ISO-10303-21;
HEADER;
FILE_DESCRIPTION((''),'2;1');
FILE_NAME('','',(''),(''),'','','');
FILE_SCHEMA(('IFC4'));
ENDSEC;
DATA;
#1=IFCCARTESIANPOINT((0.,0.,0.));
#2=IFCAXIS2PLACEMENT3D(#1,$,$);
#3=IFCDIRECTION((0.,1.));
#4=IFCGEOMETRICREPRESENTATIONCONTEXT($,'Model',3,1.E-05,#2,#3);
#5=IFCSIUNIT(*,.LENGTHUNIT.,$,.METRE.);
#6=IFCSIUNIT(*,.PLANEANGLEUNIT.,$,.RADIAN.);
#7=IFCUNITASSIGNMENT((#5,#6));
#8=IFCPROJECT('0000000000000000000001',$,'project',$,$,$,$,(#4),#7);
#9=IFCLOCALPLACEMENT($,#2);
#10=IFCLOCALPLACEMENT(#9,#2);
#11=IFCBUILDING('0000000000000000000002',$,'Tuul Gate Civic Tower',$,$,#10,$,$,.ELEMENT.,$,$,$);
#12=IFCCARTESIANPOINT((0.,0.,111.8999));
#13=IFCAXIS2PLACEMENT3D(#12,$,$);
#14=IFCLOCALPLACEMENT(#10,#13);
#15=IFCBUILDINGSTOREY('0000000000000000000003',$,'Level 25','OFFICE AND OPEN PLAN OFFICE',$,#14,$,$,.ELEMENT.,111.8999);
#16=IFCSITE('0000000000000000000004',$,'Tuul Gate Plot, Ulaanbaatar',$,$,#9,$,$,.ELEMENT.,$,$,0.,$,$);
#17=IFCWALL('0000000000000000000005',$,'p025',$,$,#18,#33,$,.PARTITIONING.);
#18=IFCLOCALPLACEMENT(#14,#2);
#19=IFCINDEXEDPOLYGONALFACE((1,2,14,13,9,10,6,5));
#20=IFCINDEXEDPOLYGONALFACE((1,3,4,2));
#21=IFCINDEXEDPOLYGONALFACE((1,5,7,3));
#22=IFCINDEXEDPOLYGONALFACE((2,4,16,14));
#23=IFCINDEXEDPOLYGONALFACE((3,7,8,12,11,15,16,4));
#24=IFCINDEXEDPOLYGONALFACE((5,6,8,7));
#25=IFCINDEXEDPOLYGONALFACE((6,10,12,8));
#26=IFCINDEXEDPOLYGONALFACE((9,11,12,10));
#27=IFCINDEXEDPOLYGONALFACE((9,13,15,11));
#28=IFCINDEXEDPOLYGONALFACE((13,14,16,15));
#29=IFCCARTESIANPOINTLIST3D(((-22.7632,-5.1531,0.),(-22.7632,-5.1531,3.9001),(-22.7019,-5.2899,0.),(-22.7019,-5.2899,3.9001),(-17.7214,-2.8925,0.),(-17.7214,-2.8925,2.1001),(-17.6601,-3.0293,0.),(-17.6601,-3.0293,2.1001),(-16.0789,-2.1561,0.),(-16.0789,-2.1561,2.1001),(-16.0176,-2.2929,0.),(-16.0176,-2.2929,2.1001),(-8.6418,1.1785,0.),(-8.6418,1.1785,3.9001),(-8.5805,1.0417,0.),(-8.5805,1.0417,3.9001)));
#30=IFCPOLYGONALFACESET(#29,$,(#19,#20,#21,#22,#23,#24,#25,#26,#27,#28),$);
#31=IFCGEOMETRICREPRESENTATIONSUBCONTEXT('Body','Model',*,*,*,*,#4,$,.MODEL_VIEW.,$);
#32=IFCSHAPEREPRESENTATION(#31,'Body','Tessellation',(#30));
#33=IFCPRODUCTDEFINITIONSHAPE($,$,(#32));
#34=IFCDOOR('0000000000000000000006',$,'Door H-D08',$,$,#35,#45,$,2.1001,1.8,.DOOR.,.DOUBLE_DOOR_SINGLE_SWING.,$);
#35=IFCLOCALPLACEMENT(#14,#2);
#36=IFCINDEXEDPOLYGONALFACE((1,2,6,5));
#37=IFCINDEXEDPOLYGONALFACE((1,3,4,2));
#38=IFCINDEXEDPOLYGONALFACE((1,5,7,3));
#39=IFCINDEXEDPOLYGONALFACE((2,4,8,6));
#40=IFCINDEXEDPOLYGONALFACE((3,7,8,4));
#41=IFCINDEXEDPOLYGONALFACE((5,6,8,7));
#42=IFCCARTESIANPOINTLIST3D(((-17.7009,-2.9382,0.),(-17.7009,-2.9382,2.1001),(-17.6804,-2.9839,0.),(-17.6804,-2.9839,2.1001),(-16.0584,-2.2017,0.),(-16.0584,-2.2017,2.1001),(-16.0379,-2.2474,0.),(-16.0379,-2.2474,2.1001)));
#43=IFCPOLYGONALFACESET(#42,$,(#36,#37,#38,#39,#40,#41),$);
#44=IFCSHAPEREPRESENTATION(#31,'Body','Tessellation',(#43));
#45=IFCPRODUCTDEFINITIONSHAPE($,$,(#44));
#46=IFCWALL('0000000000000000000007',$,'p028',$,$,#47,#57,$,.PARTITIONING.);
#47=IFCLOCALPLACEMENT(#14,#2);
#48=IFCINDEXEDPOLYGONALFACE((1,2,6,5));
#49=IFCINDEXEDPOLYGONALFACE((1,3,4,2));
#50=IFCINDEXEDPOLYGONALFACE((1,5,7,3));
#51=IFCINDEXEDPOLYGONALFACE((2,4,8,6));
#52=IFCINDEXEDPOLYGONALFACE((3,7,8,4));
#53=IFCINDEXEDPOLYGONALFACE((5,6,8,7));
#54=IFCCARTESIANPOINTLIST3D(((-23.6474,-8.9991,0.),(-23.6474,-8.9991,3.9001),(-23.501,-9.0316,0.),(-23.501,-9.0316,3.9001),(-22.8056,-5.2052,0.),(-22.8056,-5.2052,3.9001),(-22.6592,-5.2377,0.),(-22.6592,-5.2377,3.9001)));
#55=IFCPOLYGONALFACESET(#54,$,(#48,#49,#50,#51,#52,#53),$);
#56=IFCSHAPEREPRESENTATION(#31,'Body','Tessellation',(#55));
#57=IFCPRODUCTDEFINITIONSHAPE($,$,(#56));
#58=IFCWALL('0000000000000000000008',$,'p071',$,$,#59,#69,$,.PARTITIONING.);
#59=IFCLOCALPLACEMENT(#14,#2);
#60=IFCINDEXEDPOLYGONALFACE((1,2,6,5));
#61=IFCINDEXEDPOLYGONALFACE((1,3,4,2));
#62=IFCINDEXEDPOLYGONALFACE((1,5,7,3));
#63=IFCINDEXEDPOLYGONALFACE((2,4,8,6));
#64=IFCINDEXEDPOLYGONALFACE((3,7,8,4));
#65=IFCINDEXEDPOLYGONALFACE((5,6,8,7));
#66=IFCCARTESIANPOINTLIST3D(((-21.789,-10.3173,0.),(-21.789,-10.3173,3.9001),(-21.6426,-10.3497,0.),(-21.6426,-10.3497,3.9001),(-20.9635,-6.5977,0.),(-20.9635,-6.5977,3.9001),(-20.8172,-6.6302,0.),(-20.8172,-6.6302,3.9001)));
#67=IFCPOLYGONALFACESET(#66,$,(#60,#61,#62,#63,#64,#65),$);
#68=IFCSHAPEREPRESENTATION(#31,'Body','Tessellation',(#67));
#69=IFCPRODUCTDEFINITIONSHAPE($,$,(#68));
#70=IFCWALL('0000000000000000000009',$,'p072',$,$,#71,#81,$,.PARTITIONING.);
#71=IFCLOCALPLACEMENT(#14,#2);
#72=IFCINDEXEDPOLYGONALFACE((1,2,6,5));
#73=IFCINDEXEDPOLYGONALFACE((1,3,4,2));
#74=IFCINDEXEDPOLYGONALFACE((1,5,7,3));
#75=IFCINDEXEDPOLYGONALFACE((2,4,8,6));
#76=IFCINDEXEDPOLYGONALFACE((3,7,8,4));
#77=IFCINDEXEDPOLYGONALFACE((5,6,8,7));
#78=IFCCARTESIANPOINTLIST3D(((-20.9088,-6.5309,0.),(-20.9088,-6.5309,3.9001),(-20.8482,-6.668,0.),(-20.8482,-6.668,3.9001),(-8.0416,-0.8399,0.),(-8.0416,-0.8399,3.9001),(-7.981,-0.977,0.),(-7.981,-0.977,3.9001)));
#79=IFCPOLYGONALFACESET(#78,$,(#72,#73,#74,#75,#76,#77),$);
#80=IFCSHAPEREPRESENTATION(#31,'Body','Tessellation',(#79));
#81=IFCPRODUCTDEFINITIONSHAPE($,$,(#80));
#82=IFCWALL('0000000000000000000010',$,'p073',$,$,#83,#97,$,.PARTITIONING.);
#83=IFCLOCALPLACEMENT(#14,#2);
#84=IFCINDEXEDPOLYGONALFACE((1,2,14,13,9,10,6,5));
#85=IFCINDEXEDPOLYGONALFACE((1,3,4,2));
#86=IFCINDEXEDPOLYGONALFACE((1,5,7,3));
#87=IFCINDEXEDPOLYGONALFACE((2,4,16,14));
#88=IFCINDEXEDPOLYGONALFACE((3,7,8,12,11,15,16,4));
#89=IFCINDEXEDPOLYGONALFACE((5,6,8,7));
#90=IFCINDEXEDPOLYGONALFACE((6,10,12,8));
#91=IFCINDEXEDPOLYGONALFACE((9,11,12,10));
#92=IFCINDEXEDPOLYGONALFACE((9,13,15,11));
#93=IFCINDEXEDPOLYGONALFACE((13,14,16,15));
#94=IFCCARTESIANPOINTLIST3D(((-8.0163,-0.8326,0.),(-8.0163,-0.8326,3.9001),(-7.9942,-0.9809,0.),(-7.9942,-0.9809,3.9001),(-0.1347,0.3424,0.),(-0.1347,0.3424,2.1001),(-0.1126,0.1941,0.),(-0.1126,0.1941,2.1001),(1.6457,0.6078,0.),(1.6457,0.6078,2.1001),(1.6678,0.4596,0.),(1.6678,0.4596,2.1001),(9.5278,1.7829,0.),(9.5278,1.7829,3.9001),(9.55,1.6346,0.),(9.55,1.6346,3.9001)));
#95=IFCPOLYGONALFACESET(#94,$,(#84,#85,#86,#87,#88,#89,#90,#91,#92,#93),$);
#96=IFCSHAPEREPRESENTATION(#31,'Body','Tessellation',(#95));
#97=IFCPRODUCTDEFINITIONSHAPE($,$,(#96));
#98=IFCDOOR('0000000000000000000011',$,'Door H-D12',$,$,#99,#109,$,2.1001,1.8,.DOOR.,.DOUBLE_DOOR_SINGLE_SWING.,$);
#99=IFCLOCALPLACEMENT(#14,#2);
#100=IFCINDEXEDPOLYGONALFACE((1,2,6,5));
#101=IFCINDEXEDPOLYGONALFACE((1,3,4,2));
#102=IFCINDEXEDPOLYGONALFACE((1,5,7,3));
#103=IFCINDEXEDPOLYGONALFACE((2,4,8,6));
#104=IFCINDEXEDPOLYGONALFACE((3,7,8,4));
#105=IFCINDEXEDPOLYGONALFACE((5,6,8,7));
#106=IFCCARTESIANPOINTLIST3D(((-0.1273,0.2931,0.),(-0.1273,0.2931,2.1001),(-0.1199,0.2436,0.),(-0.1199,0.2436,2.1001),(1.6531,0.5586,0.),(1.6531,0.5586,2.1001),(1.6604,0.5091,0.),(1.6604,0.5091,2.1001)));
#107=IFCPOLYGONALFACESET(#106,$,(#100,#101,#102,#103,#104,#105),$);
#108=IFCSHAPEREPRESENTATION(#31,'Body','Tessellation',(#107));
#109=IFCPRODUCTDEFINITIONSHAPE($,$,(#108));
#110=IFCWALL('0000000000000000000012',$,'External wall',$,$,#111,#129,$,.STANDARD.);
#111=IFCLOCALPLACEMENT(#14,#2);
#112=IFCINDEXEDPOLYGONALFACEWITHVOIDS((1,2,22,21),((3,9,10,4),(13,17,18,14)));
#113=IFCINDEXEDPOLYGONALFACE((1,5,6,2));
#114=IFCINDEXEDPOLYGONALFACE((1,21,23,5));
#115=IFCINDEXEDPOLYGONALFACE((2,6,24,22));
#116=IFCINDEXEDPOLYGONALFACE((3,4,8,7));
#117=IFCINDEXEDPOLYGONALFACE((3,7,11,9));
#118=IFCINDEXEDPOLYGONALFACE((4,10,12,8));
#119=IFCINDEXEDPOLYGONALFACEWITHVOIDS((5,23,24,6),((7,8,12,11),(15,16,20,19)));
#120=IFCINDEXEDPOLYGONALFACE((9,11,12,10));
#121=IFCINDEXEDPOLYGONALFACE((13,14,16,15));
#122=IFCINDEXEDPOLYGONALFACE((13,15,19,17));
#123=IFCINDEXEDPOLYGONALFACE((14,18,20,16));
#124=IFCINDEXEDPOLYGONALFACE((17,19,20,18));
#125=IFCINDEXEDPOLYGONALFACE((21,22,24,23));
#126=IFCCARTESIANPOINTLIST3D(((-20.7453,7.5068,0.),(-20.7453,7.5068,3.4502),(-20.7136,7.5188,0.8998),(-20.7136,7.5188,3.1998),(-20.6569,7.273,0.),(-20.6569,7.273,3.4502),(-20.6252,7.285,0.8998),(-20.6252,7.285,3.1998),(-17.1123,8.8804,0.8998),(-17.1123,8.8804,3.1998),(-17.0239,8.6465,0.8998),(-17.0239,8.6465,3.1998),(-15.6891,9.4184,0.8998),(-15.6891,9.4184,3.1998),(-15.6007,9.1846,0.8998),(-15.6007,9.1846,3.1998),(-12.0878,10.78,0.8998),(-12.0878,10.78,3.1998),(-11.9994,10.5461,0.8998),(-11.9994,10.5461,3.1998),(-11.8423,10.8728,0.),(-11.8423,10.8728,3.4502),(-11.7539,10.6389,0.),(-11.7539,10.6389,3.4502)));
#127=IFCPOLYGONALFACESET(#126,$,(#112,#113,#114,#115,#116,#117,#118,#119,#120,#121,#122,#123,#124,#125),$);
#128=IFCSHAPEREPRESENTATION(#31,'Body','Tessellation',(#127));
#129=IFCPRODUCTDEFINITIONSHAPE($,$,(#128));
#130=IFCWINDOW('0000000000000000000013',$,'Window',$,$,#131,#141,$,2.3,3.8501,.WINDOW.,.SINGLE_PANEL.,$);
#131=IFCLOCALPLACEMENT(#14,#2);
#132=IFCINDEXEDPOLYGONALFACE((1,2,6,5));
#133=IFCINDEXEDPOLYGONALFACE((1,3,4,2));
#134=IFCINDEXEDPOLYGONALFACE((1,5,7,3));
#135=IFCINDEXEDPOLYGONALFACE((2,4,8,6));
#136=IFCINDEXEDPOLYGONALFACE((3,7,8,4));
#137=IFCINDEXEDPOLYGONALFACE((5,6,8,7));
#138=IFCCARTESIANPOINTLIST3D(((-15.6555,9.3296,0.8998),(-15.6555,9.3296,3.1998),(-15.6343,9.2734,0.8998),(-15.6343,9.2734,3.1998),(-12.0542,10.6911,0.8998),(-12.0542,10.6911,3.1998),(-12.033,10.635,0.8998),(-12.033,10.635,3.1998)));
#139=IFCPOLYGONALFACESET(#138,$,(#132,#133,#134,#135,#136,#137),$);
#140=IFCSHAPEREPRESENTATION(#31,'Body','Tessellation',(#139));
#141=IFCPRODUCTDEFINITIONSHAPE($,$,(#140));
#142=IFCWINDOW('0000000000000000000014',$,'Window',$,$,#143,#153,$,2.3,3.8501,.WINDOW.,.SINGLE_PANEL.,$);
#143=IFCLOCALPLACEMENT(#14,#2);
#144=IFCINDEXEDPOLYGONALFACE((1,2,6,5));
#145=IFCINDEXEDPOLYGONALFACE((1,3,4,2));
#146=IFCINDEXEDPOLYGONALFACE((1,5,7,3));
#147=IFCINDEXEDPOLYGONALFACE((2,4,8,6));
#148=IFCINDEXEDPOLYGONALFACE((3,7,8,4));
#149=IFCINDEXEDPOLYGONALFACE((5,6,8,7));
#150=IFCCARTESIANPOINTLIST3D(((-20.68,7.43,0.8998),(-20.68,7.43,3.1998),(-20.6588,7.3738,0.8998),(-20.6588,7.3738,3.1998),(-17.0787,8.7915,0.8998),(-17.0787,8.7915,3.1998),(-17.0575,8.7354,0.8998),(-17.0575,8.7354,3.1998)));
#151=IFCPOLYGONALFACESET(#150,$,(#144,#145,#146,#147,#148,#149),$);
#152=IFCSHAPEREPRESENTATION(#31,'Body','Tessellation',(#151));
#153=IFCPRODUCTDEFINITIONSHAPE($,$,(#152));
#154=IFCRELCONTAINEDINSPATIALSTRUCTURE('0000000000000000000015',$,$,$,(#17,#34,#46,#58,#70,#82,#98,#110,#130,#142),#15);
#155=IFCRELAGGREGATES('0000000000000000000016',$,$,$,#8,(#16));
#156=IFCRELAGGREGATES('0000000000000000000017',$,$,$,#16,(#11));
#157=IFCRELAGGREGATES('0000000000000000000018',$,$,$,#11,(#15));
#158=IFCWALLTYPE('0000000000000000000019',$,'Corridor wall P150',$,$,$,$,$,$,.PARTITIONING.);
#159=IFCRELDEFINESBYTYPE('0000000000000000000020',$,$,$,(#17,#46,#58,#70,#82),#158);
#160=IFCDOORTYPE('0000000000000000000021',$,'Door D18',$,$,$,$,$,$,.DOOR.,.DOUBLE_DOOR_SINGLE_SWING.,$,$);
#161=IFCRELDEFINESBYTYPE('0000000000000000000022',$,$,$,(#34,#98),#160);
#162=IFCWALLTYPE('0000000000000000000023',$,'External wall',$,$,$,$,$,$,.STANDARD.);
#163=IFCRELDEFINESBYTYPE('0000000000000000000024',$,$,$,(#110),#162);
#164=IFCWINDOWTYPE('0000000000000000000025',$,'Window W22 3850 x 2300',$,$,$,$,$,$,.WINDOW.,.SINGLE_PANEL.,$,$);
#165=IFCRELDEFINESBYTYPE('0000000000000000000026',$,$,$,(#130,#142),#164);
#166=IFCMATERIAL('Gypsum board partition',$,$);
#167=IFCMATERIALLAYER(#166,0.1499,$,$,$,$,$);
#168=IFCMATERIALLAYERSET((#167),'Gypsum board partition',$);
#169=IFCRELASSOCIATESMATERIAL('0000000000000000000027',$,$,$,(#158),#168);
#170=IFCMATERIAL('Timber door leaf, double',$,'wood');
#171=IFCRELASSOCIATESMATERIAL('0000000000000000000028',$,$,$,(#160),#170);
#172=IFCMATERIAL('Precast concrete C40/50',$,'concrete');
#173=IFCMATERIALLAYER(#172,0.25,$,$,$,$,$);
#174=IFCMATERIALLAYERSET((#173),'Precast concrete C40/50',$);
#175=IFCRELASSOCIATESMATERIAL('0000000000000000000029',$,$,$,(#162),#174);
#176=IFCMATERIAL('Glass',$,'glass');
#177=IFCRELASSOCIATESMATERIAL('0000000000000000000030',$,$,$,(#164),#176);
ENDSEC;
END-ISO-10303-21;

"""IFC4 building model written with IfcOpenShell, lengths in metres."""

from ifc_helpers import new_model, si_unit, direction, frame, frame_2d, origin, place, context, subcontext, project, spatial, rectangle, extrude, material, layer, layer_set, type_object, element, fill, save


model = new_model("IFC4")

# Units and contexts
model_context = context("Model", 3, precision=1e-05, world=origin(), true_north=direction((0.0, 1.0)))
body_context = subcontext(model_context, "Body", "Model", "MODEL_VIEW")
ifc_project = project(units=[si_unit("LENGTHUNIT", "METRE"), si_unit("PLANEANGLEUNIT", "RADIAN")], contexts=[model_context])

# Site, building, storey
site_placement = place(None, origin())
site = spatial("IfcSite", under=ifc_project, at=site_placement, Name="Tuul Gate Plot, Ulaanbaatar", CompositionType="ELEMENT", RefElevation=0.0)
building_placement = place(site_placement, origin())
building = spatial("IfcBuilding", under=site, at=building_placement, Name="Tuul Gate Civic Tower", CompositionType="ELEMENT")
storey_placement = place(building_placement, frame((0.0, 0.0, 111.8999)))
storey = spatial("IfcBuildingStorey", under=building, at=storey_placement, Name="Level 25", Description="OFFICE AND OPEN PLAN OFFICE", CompositionType="ELEMENT", Elevation=111.8999)

# Wall, opening, door
ifc_material_1 = material(Name="Gypsum board partition")
ifc_layer_1 = layer(ifc_material_1, 0.1499)
ifc_layer_set_1 = layer_set([ifc_layer_1], Name="Gypsum board partition")
wall_type_1 = type_object("IfcWallType", Name="Corridor wall P150", PredefinedType="PARTITIONING", material=ifc_layer_set_1)
ifc_material_2 = material(Name="Timber door leaf, double", Category="wood")
door_type_1 = type_object("IfcDoorType", Name="Door D18", OperationType="DOUBLE_DOOR_SINGLE_SWING", PredefinedType="DOOR", material=ifc_material_2)
wall_1_placement = place(storey_placement, frame((-22.7324, -5.2214, 0.0), z_axis=(0.0, 0.0, 1.0), x_axis=(0.912478, 0.409125, 0.0)))
wall_1 = element("IfcWall", 1, at=wall_1_placement, inside=storey, type_object=wall_type_1, Name="p025", PredefinedType="PARTITIONING", context=body_context, shape_type="SweptSolid", body=[
    extrude(rectangle(XDim=15.4758, YDim=0.1499, at=frame_2d((7.7378, 0.0))), origin(), (0.0, 0.0, 1.0), 3.9001),
])
opening_1_placement = place(wall_1_placement, frame((5.5254, 0.0, 0.0)))
opening_1 = element("IfcOpeningElement", 2, at=opening_1_placement, cuts=wall_1, PredefinedType="OPENING", context=body_context, shape_type="SweptSolid", body=[
    extrude(rectangle(XDim=1.8, YDim=2.1001, at=frame_2d((0.8999, 1.05))), frame((0.0, 0.085, 0.0), z_axis=(0.0, -1.0, 0.0), x_axis=(1.0, 0.0, 0.0)), (0.0, 0.0, 1.0), 0.1699),
])
door_1_placement = place(opening_1_placement, origin())
door_1 = element("IfcDoor", 3, at=door_1_placement, inside=storey, type_object=door_type_1, Name="Door H-D08", OperationType="DOUBLE_DOOR_SINGLE_SWING", OverallHeight=2.1001, OverallWidth=1.8, PredefinedType="DOOR", context=body_context, shape_type="SweptSolid", body=[
    extrude(rectangle(XDim=1.8, YDim=2.1001, at=frame_2d((0.8999, 1.05))), frame((0.0, 0.0249, 0.0), z_axis=(0.0, -1.0, 0.0), x_axis=(1.0, 0.0, 0.0)), (0.0, 0.0, 1.0), 0.05),
])
fill(opening_1, door_1)

# Walls
wall_2_placement = place(storey_placement, frame((-23.5742, -9.0154, 0.0), z_axis=(0.0, 0.0, 1.0), x_axis=(0.216611, 0.976258, 0.0)))
element("IfcWall", 4, at=wall_2_placement, inside=storey, type_object=wall_type_1, Name="p028", PredefinedType="PARTITIONING", context=body_context, shape_type="SweptSolid", body=[
    extrude(rectangle(XDim=3.8862, YDim=0.1499, at=frame_2d((1.9431, 0.0))), origin(), (0.0, 0.0, 1.0), 3.9001),
])
wall_3_placement = place(storey_placement, frame((-21.7158, -10.3335, 0.0), z_axis=(0.0, 0.0, 1.0), x_axis=(0.216652, 0.976249, 0.0)))
element("IfcWall", 5, at=wall_3_placement, inside=storey, type_object=wall_type_1, Name="p071", PredefinedType="PARTITIONING", context=body_context, shape_type="SweptSolid", body=[
    extrude(rectangle(XDim=3.8101, YDim=0.1499, at=frame_2d((1.905, 0.0))), origin(), (0.0, 0.0, 1.0), 3.9001),
])
wall_4_placement = place(storey_placement, frame((-20.8784, -6.5994, 0.0), z_axis=(0.0, 0.0, 1.0), x_axis=(0.914544, 0.404486, 0.0)))
element("IfcWall", 6, at=wall_4_placement, inside=storey, type_object=wall_type_1, Name="p072", PredefinedType="PARTITIONING", context=body_context, shape_type="SweptSolid", body=[
    extrude(rectangle(XDim=14.0696, YDim=0.1499, at=frame_2d((7.0347, 0.0))), origin(), (0.0, 0.0, 1.0), 3.9001),
])

# Wall, opening, door
wall_5_placement = place(storey_placement, frame((-8.0054, -0.9067, 0.0), z_axis=(0.0, 0.0, 1.0), x_axis=(0.98907, 0.14745, 0.0)))
wall_5 = element("IfcWall", 7, at=wall_5_placement, inside=storey, type_object=wall_type_1, Name="p073", PredefinedType="PARTITIONING", context=body_context, shape_type="SweptSolid", body=[
    extrude(rectangle(XDim=17.738, YDim=0.1499, at=frame_2d((8.8691, 0.0))), origin(), (0.0, 0.0, 1.0), 3.9001),
])
opening_2_placement = place(wall_5_placement, frame((7.969, 0.0, 0.0)))
opening_2 = element("IfcOpeningElement", 8, at=opening_2_placement, cuts=wall_5, PredefinedType="OPENING", context=body_context, shape_type="SweptSolid", body=[
    extrude(rectangle(XDim=1.8, YDim=2.1001, at=frame_2d((0.8999, 1.05))), frame((0.0, 0.085, 0.0), z_axis=(0.0, -1.0, 0.0), x_axis=(1.0, 0.0, 0.0)), (0.0, 0.0, 1.0), 0.1699),
])
door_2_placement = place(opening_2_placement, frame((1.8, 0.0, 0.0), z_axis=(0.0, 0.0, 1.0), x_axis=(-1.0, 0.0, 0.0)))
door_2 = element("IfcDoor", 9, at=door_2_placement, inside=storey, type_object=door_type_1, Name="Door H-D12", OperationType="DOUBLE_DOOR_SINGLE_SWING", OverallHeight=2.1001, OverallWidth=1.8, PredefinedType="DOOR", context=body_context, shape_type="SweptSolid", body=[
    extrude(rectangle(XDim=1.8, YDim=2.1001, at=frame_2d((0.9001, 1.05))), frame((0.0, 0.0249, 0.0), z_axis=(0.0, -1.0, 0.0), x_axis=(1.0, 0.0, 0.0)), (0.0, 0.0, 1.0), 0.05),
])
fill(opening_2, door_2)

# Wall, openings, windows
ifc_material_3 = material(Name="Precast concrete C40/50", Category="concrete")
ifc_layer_2 = layer(ifc_material_3, 0.25)
ifc_layer_set_2 = layer_set([ifc_layer_2], Name="Precast concrete C40/50")
wall_type_2 = type_object("IfcWallType", Name="External wall", PredefinedType="STANDARD", material=ifc_layer_set_2)
wall_6_placement = place(storey_placement, frame((-11.7981, 10.7559, 0.0), z_axis=(0.0, 0.0, 1.0), x_axis=(-0.935382, -0.353638, 0.0)))
wall_6 = element("IfcWall", 10, at=wall_6_placement, inside=storey, type_object=wall_type_2, Name="External wall", PredefinedType="STANDARD", context=body_context, shape_type="SweptSolid", body=[
    extrude(rectangle(XDim=9.5181, YDim=0.25, at=frame_2d((4.759, 0.0))), origin(), (0.0, 0.0, 1.0), 3.4502),
])
opening_3_placement = place(wall_6_placement, frame((0.2625, 0.0, 0.8999)))
opening_3 = element("IfcOpeningElement", 11, at=opening_3_placement, cuts=wall_6, PredefinedType="OPENING", context=body_context, shape_type="SweptSolid", body=[
    extrude(rectangle(XDim=3.8501, YDim=2.3, at=frame_2d((1.925, 1.1499))), frame((0.0, 0.135, 0.0), z_axis=(0.0, -1.0, 0.0), x_axis=(1.0, 0.0, 0.0)), (0.0, 0.0, 1.0), 0.27),
])
opening_4_placement = place(wall_6_placement, frame((5.634, 0.0, 0.8999)))
opening_4 = element("IfcOpeningElement", 12, at=opening_4_placement, cuts=wall_6, PredefinedType="OPENING", context=body_context, shape_type="SweptSolid", body=[
    extrude(rectangle(XDim=3.8501, YDim=2.3, at=frame_2d((1.925, 1.1499))), frame((0.0, 0.135, 0.0), z_axis=(0.0, -1.0, 0.0), x_axis=(1.0, 0.0, 0.0)), (0.0, 0.0, 1.0), 0.27),
])
ifc_material_4 = material(Name="Glass", Category="glass")
window_type = type_object("IfcWindowType", Name="Window W22 3850 x 2300", PartitioningType="SINGLE_PANEL", PredefinedType="WINDOW", material=ifc_material_4)
window_1_placement = place(opening_3_placement, origin())
window_1 = element("IfcWindow", 13, at=window_1_placement, inside=storey, type_object=window_type, Name="Window", OverallHeight=2.3, OverallWidth=3.8501, PartitioningType="SINGLE_PANEL", PredefinedType="WINDOW", context=body_context, shape_type="SweptSolid", body=[
    extrude(rectangle(XDim=3.8501, YDim=2.3, at=frame_2d((1.925, 1.1499))), frame((0.0, 0.03, 0.0), z_axis=(0.0, -1.0, 0.0), x_axis=(1.0, 0.0, 0.0)), (0.0, 0.0, 1.0), 0.0601),
])
fill(opening_3, window_1)
window_2_placement = place(opening_4_placement, origin())
window_2 = element("IfcWindow", 14, at=window_2_placement, inside=storey, type_object=window_type, Name="Window", OverallHeight=2.3, OverallWidth=3.8501, PartitioningType="SINGLE_PANEL", PredefinedType="WINDOW", context=body_context, shape_type="SweptSolid", body=[
    extrude(rectangle(XDim=3.8501, YDim=2.3, at=frame_2d((1.925, 1.1499))), frame((0.0, 0.03, 0.0), z_axis=(0.0, -1.0, 0.0), x_axis=(1.0, 0.0, 0.0)), (0.0, 0.0, 1.0), 0.0601),
])
fill(opening_4, window_2)

save(model, "model.ifc")
